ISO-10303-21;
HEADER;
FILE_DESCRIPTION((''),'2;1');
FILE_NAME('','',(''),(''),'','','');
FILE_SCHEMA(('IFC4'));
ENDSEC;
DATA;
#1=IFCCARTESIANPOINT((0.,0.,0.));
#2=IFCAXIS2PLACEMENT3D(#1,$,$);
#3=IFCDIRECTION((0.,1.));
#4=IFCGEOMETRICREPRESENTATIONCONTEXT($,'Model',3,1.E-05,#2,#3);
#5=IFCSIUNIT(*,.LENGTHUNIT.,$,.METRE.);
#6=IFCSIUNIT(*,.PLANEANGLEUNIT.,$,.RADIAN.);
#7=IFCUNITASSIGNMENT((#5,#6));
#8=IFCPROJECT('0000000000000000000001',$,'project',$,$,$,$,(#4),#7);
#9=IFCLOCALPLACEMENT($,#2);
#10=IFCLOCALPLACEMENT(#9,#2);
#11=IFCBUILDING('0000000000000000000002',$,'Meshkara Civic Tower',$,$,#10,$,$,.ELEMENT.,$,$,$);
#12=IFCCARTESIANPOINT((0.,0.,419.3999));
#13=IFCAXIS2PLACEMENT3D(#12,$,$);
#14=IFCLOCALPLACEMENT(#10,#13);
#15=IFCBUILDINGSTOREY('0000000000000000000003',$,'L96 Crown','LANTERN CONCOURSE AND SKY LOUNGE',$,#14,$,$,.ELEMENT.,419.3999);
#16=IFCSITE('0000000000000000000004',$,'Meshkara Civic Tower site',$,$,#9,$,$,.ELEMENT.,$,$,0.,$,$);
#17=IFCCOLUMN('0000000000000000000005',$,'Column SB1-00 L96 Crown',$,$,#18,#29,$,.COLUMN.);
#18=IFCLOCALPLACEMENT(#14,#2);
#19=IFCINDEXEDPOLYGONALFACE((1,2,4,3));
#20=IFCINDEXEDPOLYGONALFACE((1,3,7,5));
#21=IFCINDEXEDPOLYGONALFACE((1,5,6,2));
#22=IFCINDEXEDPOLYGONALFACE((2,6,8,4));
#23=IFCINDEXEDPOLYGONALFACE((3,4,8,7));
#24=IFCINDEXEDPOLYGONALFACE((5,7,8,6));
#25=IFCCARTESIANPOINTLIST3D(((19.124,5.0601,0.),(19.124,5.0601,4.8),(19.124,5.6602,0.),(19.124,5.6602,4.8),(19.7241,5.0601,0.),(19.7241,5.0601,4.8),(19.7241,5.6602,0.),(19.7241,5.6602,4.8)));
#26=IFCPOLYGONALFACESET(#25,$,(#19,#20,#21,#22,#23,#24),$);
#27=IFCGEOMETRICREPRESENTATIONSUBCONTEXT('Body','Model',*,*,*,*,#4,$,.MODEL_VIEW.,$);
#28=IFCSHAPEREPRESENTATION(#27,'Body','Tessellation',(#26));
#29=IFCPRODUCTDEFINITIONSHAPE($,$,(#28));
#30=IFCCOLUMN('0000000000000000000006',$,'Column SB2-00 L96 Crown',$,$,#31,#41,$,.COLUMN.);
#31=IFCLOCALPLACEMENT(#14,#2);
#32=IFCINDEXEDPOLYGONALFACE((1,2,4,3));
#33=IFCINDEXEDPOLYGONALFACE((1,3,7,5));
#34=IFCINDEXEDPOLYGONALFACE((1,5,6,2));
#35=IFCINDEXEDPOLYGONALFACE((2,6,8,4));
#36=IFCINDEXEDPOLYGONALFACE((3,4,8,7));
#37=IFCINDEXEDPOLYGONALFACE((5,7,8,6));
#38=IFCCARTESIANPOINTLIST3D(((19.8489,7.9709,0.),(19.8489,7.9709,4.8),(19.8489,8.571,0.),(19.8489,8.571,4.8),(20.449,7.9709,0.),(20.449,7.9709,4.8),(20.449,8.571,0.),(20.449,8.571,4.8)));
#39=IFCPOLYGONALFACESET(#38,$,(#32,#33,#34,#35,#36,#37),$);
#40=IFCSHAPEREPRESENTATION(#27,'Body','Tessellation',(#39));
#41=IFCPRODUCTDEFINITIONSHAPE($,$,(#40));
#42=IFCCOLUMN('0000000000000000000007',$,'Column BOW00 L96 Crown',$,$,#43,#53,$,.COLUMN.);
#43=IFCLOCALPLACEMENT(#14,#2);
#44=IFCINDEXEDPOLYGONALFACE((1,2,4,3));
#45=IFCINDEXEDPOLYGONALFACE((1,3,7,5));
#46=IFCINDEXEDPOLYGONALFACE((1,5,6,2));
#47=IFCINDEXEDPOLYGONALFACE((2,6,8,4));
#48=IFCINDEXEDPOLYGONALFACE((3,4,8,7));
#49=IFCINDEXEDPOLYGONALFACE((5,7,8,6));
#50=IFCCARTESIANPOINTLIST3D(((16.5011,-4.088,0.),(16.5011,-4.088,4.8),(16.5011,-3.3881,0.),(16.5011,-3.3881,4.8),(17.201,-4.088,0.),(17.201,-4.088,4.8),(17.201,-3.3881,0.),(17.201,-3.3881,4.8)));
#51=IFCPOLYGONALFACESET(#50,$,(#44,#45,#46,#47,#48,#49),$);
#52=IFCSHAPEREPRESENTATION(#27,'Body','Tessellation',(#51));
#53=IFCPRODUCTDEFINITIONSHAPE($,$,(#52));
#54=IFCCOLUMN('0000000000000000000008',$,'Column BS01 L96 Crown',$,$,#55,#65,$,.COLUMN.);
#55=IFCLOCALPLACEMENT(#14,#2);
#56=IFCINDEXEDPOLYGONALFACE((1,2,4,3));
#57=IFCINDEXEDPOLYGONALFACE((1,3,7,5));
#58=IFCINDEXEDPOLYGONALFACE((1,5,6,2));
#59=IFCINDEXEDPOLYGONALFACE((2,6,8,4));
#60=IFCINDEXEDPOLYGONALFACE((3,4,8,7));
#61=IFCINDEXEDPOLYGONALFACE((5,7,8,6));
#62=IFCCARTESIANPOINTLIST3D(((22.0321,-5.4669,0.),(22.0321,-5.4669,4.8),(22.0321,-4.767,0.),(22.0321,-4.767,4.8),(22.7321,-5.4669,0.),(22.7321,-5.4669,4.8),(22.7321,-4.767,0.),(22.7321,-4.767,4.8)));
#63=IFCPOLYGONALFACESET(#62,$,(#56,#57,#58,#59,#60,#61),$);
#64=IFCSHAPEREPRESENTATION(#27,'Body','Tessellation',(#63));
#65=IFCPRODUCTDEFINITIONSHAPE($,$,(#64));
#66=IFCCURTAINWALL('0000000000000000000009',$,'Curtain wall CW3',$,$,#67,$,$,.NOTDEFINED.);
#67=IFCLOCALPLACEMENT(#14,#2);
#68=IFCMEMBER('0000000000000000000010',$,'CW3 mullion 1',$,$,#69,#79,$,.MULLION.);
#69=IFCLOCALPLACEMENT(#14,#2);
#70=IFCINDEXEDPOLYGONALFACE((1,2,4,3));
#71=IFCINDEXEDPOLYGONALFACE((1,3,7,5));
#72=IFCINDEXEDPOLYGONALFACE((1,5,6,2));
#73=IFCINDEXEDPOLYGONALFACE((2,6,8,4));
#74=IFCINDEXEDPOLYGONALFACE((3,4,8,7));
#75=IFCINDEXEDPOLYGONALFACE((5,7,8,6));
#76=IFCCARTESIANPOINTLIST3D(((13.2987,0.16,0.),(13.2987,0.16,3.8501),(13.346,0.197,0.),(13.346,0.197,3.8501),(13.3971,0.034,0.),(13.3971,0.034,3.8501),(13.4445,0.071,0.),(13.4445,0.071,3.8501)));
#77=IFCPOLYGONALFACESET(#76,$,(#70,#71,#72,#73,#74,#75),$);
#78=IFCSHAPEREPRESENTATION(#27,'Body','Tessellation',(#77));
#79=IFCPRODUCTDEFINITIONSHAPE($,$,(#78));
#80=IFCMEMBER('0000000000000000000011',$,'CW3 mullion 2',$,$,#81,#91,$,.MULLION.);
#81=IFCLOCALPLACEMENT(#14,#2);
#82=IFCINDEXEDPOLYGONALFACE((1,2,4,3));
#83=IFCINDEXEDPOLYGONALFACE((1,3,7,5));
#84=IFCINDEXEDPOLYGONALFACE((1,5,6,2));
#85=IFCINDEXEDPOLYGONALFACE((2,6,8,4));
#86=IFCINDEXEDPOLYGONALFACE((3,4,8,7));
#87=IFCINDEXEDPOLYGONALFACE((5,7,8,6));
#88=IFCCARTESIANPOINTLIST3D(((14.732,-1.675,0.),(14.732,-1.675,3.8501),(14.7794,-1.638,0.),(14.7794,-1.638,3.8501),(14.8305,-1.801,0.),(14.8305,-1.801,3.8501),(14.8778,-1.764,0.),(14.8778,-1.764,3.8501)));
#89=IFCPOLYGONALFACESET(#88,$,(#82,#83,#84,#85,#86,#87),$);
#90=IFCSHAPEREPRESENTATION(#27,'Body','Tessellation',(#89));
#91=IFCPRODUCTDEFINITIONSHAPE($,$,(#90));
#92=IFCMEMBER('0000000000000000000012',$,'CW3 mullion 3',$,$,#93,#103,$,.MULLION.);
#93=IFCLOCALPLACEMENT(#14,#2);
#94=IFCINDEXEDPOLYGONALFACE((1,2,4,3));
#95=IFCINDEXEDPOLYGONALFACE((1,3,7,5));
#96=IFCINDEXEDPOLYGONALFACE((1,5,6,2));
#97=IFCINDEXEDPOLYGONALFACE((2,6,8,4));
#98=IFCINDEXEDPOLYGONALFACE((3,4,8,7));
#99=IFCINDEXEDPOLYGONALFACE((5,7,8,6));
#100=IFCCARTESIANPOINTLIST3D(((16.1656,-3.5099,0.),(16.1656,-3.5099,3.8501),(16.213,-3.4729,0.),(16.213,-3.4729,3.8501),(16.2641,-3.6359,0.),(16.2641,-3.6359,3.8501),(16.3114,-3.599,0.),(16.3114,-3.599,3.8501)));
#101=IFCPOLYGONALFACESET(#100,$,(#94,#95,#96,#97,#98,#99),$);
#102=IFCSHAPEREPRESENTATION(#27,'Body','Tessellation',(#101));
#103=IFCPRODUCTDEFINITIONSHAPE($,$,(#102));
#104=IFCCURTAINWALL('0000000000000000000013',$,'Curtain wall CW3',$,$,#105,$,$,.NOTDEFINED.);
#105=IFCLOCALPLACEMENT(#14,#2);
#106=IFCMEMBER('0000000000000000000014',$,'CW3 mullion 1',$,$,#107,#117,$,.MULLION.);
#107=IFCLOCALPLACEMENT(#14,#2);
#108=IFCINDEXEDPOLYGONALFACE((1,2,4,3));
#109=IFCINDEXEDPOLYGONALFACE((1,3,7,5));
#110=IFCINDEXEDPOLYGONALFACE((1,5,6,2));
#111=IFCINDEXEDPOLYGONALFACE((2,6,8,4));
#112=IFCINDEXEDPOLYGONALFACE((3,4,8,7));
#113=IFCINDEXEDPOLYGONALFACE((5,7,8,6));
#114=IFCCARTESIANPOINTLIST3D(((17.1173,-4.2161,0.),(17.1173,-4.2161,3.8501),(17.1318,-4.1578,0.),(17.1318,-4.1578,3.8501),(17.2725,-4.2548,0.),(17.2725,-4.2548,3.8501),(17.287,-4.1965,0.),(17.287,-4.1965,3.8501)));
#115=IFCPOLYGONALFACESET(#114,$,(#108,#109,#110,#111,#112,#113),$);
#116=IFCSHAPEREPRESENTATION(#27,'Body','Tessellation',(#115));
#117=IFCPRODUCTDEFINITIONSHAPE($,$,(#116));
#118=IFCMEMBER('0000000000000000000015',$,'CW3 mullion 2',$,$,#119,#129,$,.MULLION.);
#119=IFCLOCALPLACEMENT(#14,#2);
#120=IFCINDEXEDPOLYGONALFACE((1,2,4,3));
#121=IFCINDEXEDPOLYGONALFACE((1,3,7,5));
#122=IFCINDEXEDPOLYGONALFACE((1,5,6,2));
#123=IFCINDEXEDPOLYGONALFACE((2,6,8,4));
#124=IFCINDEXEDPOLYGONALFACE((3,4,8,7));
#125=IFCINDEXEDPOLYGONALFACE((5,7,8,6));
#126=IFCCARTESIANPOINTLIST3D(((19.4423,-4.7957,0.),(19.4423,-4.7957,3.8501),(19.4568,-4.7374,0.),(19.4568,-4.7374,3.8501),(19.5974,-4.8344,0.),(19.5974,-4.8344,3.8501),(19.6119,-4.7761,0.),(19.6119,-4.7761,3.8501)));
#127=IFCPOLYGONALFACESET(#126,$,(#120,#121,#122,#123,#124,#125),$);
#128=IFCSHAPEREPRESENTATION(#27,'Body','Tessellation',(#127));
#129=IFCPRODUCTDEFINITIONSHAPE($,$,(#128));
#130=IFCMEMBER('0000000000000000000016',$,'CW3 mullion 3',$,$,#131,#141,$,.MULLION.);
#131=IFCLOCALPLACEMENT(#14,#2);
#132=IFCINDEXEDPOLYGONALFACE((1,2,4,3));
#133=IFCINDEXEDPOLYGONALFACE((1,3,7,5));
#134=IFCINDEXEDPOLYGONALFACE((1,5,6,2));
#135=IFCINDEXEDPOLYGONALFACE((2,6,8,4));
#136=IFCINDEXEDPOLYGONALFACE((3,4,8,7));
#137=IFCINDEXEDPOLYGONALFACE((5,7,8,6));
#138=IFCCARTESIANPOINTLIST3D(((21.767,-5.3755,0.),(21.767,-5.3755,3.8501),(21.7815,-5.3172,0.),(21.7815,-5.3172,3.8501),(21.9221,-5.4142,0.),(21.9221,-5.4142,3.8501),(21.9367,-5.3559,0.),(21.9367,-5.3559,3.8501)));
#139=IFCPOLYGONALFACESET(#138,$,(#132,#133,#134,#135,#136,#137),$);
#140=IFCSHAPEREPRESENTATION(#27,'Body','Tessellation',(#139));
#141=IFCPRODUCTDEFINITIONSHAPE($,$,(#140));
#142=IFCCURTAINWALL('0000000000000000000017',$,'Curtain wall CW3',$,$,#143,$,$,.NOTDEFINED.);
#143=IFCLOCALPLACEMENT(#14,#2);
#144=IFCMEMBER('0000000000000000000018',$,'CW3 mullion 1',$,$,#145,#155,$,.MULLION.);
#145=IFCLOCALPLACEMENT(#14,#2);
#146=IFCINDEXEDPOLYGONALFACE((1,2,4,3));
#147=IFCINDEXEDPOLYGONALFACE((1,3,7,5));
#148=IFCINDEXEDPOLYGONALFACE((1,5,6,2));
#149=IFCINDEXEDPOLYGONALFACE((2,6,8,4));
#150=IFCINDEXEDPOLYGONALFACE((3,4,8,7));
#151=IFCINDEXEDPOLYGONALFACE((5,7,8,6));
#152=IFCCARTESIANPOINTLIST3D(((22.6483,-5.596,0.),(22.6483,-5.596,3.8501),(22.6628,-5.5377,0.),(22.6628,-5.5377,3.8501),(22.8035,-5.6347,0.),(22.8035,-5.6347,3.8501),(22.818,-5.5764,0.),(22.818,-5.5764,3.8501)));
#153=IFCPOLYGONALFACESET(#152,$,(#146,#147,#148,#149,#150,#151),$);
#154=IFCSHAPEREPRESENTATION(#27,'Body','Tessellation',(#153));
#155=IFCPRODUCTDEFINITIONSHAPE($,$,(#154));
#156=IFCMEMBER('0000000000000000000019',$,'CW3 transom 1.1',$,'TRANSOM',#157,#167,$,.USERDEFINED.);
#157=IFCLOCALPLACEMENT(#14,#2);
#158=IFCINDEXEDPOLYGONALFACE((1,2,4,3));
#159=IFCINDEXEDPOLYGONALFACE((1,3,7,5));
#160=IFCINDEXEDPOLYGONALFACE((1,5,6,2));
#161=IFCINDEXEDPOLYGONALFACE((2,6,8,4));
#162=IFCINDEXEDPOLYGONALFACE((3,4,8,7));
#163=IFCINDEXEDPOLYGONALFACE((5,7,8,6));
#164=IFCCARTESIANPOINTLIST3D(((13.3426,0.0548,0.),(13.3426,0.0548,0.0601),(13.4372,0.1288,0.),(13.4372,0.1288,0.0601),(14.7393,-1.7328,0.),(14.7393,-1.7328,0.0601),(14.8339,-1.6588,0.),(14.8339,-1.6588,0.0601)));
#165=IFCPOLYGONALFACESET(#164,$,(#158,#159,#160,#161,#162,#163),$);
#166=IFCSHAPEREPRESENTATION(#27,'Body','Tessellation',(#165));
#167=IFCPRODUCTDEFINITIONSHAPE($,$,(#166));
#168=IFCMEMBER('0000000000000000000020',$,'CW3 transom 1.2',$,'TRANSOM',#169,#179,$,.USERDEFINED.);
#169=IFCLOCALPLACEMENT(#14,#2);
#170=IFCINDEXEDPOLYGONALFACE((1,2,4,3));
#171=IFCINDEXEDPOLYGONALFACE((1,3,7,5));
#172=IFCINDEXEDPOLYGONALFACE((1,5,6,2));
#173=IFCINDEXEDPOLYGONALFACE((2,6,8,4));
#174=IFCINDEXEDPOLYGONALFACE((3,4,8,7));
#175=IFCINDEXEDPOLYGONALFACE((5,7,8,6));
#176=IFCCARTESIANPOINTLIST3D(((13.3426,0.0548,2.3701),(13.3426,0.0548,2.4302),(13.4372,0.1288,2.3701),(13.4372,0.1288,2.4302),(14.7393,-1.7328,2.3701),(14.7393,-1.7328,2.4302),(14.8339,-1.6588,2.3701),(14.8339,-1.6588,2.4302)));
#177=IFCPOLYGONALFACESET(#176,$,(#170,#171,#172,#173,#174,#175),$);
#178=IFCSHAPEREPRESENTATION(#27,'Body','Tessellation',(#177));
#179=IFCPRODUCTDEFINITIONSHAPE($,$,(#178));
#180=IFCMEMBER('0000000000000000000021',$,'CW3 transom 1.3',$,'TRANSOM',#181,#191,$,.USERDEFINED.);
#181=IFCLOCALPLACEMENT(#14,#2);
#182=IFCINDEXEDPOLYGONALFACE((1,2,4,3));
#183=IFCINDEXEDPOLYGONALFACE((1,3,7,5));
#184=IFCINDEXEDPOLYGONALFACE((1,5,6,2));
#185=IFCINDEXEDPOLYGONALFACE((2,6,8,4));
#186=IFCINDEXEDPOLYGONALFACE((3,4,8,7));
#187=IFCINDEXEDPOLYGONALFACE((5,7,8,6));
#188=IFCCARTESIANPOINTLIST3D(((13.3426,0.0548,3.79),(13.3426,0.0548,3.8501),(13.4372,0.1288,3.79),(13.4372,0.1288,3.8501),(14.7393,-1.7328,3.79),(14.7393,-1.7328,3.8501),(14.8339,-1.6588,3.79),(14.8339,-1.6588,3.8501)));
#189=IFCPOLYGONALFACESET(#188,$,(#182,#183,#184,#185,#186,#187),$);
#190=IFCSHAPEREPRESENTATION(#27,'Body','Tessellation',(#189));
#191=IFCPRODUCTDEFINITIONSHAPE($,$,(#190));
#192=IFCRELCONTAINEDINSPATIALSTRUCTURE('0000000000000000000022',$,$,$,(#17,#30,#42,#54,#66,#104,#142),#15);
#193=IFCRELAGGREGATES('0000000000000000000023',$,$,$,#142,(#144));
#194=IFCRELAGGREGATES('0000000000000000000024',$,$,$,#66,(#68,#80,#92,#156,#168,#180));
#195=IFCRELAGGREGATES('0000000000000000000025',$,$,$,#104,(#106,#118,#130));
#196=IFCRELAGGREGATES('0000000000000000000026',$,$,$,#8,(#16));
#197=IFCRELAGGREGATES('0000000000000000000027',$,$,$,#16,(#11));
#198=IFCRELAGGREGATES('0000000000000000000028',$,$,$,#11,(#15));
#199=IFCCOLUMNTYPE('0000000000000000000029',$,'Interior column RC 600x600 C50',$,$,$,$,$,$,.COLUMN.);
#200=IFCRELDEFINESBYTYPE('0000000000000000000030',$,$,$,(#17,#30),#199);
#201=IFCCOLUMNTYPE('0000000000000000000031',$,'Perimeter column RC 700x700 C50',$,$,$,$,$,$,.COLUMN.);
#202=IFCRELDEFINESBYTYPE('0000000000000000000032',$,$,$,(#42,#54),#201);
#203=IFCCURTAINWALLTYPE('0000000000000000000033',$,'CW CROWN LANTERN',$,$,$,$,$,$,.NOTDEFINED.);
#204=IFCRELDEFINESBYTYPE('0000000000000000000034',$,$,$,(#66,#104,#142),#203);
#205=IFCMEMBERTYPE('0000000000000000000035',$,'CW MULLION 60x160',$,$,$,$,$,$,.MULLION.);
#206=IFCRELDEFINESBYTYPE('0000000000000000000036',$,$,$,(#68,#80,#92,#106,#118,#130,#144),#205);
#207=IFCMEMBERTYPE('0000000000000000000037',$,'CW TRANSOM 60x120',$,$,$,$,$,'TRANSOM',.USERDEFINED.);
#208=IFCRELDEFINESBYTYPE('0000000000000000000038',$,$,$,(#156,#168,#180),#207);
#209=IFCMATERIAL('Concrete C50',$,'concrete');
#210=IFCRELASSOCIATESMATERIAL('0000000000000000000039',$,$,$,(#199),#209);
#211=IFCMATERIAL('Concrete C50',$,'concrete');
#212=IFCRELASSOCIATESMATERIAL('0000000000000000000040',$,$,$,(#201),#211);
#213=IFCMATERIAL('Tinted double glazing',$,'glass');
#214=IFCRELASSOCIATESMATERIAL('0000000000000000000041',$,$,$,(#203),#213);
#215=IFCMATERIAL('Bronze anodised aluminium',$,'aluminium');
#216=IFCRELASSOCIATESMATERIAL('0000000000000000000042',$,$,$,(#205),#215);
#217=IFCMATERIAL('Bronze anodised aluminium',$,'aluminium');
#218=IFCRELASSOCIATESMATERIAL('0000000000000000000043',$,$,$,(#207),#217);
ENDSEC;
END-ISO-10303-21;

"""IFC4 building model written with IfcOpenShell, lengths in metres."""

from ifc_helpers import new_model, si_unit, direction, frame, origin, origin_2d, place, context, subcontext, project, spatial, rectangle, extrude, material, material_profile, profile_set, type_object, element, aggregate, save


model = new_model("IFC4")

# Units and contexts
model_context = context("Model", 3, precision=1e-05, world=origin(), true_north=direction((0.0, 1.0)))
body_context = subcontext(model_context, "Body", "Model", "MODEL_VIEW")
ifc_project = project(units=[si_unit("LENGTHUNIT", "METRE"), si_unit("PLANEANGLEUNIT", "RADIAN")], contexts=[model_context])

# Site, building, storey
site_placement = place(None, origin())
site = spatial("IfcSite", under=ifc_project, at=site_placement, Name="Meshkara Civic Tower site", CompositionType="ELEMENT", RefElevation=0.0)
building_placement = place(site_placement, origin())
building = spatial("IfcBuilding", under=site, at=building_placement, Name="Meshkara Civic Tower", CompositionType="ELEMENT")
storey_placement = place(building_placement, frame((0.0, 0.0, 419.3999)))
storey = spatial("IfcBuildingStorey", under=building, at=storey_placement, Name="L96 Crown", Description="LANTERN CONCOURSE AND SKY LOUNGE", CompositionType="ELEMENT", Elevation=419.3999)

# Columns
ifc_material_1 = material(Name="Concrete C50", Category="concrete")
ifc_material_profile_1 = material_profile(ifc_material_1, rectangle(XDim=0.6001, YDim=0.6001, at=origin_2d()))
ifc_profile_set_1 = profile_set([ifc_material_profile_1], Name="Concrete C50")
column_type_1 = type_object("IfcColumnType", Name="Interior column RC 600x600 C50", PredefinedType="COLUMN", material=ifc_profile_set_1)
for number, where, z_axis, x_axis, name in (
    (1, (19.4241, 5.3601, 0.0), (0.0, 0.0, 1.0), (1.0, 0.0, 0.0), "Column SB1-00 L96 Crown"),
    (2, (20.1489, 8.271, 0.0), (0.0, 0.0, 1.0), (1.0, 0.0, 0.0), "Column SB2-00 L96 Crown"),
):
    element("IfcColumn", number, at=place(storey_placement, frame(where, z_axis=z_axis, x_axis=x_axis)), inside=storey, type_object=column_type_1, Name=name, PredefinedType="COLUMN", context=body_context, shape_type="SweptSolid", body=[
        extrude(rectangle(XDim=0.6001, YDim=0.6001, at=origin_2d()), origin(), (0.0, 0.0, 1.0), 4.8),
    ])
ifc_material_2 = material(Name="Concrete C50", Category="concrete")
ifc_material_profile_2 = material_profile(ifc_material_2, rectangle(XDim=0.7, YDim=0.7, at=origin_2d()))
ifc_profile_set_2 = profile_set([ifc_material_profile_2], Name="Concrete C50")
column_type_2 = type_object("IfcColumnType", Name="Perimeter column RC 700x700 C50", PredefinedType="COLUMN", material=ifc_profile_set_2)
for number, where, z_axis, x_axis, name in (
    (3, (16.8511, -3.738, 0.0), (0.0, 0.0, 1.0), (1.0, 0.0, 0.0), "Column BOW00 L96 Crown"),
    (4, (22.3821, -5.1169, 0.0), (0.0, 0.0, 1.0), (1.0, 0.0, 0.0), "Column BS01 L96 Crown"),
):
    element("IfcColumn", number, at=place(storey_placement, frame(where, z_axis=z_axis, x_axis=x_axis)), inside=storey, type_object=column_type_2, Name=name, PredefinedType="COLUMN", context=body_context, shape_type="SweptSolid", body=[
        extrude(rectangle(XDim=0.7, YDim=0.7, at=origin_2d()), origin(), (0.0, 0.0, 1.0), 4.8),
    ])

# Curtain walls, members
ifc_material_3 = material(Name="Tinted double glazing", Category="glass")
curtain_wall_type = type_object("IfcCurtainWallType", Name="CW CROWN LANTERN", PredefinedType="NOTDEFINED", material=ifc_material_3)
curtain_wall_1_placement = place(storey_placement, origin())
curtain_wall_1 = element("IfcCurtainWall", 5, at=curtain_wall_1_placement, inside=storey, type_object=curtain_wall_type, Name="Curtain wall CW3", PredefinedType="NOTDEFINED")
ifc_material_4 = material(Name="Bronze anodised aluminium", Category="aluminium")
ifc_material_profile_3 = material_profile(ifc_material_4, rectangle(XDim=0.0601, YDim=0.1599, at=origin_2d()))
ifc_profile_set_3 = profile_set([ifc_material_profile_3], Name="Bronze anodised aluminium")
member_type_1 = type_object("IfcMemberType", Name="CW MULLION 60x160", PredefinedType="MULLION", material=ifc_profile_set_3)
member_1_placement = place(storey_placement, frame((13.3716, 0.1155, 0.0), z_axis=(0.0, 0.0, 1.0), x_axis=(0.788015, 0.615656, 0.0)))
member_1 = element("IfcMember", 6, at=member_1_placement, type_object=member_type_1, Name="CW3 mullion 1", PredefinedType="MULLION", context=body_context, shape_type="SweptSolid", body=[
    extrude(rectangle(XDim=0.0601, YDim=0.1599, at=origin_2d()), origin(), (0.0, 0.0, 1.0), 3.8501),
])
member_2_placement = place(storey_placement, frame((14.8049, -1.7195, 0.0), z_axis=(0.0, 0.0, 1.0), x_axis=(0.788015, 0.615656, 0.0)))
member_2 = element("IfcMember", 7, at=member_2_placement, type_object=member_type_1, Name="CW3 mullion 2", PredefinedType="MULLION", context=body_context, shape_type="SweptSolid", body=[
    extrude(rectangle(XDim=0.0601, YDim=0.1599, at=origin_2d()), origin(), (0.0, 0.0, 1.0), 3.8501),
])
member_3_placement = place(storey_placement, frame((16.2385, -3.5544, 0.0), z_axis=(0.0, 0.0, 1.0), x_axis=(0.788015, 0.615656, 0.0)))
member_3 = element("IfcMember", 8, at=member_3_placement, type_object=member_type_1, Name="CW3 mullion 3", PredefinedType="MULLION", context=body_context, shape_type="SweptSolid", body=[
    extrude(rectangle(XDim=0.0601, YDim=0.1599, at=origin_2d()), origin(), (0.0, 0.0, 1.0), 3.8501),
])
curtain_wall_2_placement = place(storey_placement, origin())
curtain_wall_2 = element("IfcCurtainWall", 9, at=curtain_wall_2_placement, inside=storey, type_object=curtain_wall_type, Name="Curtain wall CW3", PredefinedType="NOTDEFINED")
member_4_placement = place(storey_placement, frame((17.2021, -4.2063, 0.0), z_axis=(0.0, 0.0, 1.0), x_axis=(0.241954, 0.970288, 0.0)))
member_4 = element("IfcMember", 10, at=member_4_placement, type_object=member_type_1, Name="CW3 mullion 1", PredefinedType="MULLION", context=body_context, shape_type="SweptSolid", body=[
    extrude(rectangle(XDim=0.0601, YDim=0.1599, at=origin_2d()), origin(), (0.0, 0.0, 1.0), 3.8501),
])
member_5_placement = place(storey_placement, frame((19.5271, -4.7859, 0.0), z_axis=(0.0, 0.0, 1.0), x_axis=(0.241954, 0.970288, 0.0)))
member_5 = element("IfcMember", 11, at=member_5_placement, type_object=member_type_1, Name="CW3 mullion 2", PredefinedType="MULLION", context=body_context, shape_type="SweptSolid", body=[
    extrude(rectangle(XDim=0.0601, YDim=0.1599, at=origin_2d()), origin(), (0.0, 0.0, 1.0), 3.8501),
])
member_6_placement = place(storey_placement, frame((21.8518, -5.3657, 0.0), z_axis=(0.0, 0.0, 1.0), x_axis=(0.241954, 0.970288, 0.0)))
member_6 = element("IfcMember", 12, at=member_6_placement, type_object=member_type_1, Name="CW3 mullion 3", PredefinedType="MULLION", context=body_context, shape_type="SweptSolid", body=[
    extrude(rectangle(XDim=0.0601, YDim=0.1599, at=origin_2d()), origin(), (0.0, 0.0, 1.0), 3.8501),
])

# Curtain wall, member
curtain_wall_3_placement = place(storey_placement, origin())
curtain_wall_3 = element("IfcCurtainWall", 13, at=curtain_wall_3_placement, inside=storey, type_object=curtain_wall_type, Name="Curtain wall CW3", PredefinedType="NOTDEFINED")
member_7_placement = place(storey_placement, frame((22.7332, -5.5862, 0.0), z_axis=(0.0, 0.0, 1.0), x_axis=(0.241808, 0.970324, 0.0)))
member_7 = element("IfcMember", 14, at=member_7_placement, type_object=member_type_1, Name="CW3 mullion 1", PredefinedType="MULLION", context=body_context, shape_type="SweptSolid", body=[
    extrude(rectangle(XDim=0.0601, YDim=0.1599, at=origin_2d()), origin(), (0.0, 0.0, 1.0), 3.8501),
])

# Members
ifc_material_5 = material(Name="Bronze anodised aluminium", Category="aluminium")
ifc_material_profile_4 = material_profile(ifc_material_5, rectangle(XDim=0.1201, YDim=0.0601, at=origin_2d()))
ifc_profile_set_4 = profile_set([ifc_material_profile_4], Name="Bronze anodised aluminium")
member_type_2 = type_object("IfcMemberType", Name="CW TRANSOM 60x120", ElementType="TRANSOM", PredefinedType="USERDEFINED", material=ifc_profile_set_4)
member_8_placement = place(storey_placement, frame((13.3899, 0.0918, 0.03), z_axis=(0.61569, -0.787988, 0.0), x_axis=(0.787988, 0.61569, 0.0)))
member_8 = element("IfcMember", 15, at=member_8_placement, type_object=member_type_2, Name="CW3 transom 1.1", ObjectType="TRANSOM", PredefinedType="USERDEFINED", context=body_context, shape_type="SweptSolid", body=[
    extrude(rectangle(XDim=0.1201, YDim=0.0601, at=origin_2d()), origin(), (0.0, 0.0, 1.0), 2.2686),
])
member_9_placement = place(storey_placement, frame((13.3899, 0.0918, 2.4001), z_axis=(0.61569, -0.787988, 0.0), x_axis=(0.787988, 0.61569, 0.0)))
member_9 = element("IfcMember", 16, at=member_9_placement, type_object=member_type_2, Name="CW3 transom 1.2", ObjectType="TRANSOM", PredefinedType="USERDEFINED", context=body_context, shape_type="SweptSolid", body=[
    extrude(rectangle(XDim=0.1201, YDim=0.0601, at=origin_2d()), origin(), (0.0, 0.0, 1.0), 2.2686),
])
member_10_placement = place(storey_placement, frame((13.3899, 0.0918, 3.8201), z_axis=(0.61569, -0.787988, 0.0), x_axis=(0.787988, 0.61569, 0.0)))
member_10 = element("IfcMember", 17, at=member_10_placement, type_object=member_type_2, Name="CW3 transom 1.3", ObjectType="TRANSOM", PredefinedType="USERDEFINED", context=body_context, shape_type="SweptSolid", body=[
    extrude(rectangle(XDim=0.1201, YDim=0.0601, at=origin_2d()), origin(), (0.0, 0.0, 1.0), 2.2686),
])
aggregate(curtain_wall_3, [member_7])

aggregate(curtain_wall_1, [member_1, member_2, member_3, member_8, member_9, member_10])
aggregate(curtain_wall_2, [member_4, member_5, member_6])

save(model, "model.ifc")
